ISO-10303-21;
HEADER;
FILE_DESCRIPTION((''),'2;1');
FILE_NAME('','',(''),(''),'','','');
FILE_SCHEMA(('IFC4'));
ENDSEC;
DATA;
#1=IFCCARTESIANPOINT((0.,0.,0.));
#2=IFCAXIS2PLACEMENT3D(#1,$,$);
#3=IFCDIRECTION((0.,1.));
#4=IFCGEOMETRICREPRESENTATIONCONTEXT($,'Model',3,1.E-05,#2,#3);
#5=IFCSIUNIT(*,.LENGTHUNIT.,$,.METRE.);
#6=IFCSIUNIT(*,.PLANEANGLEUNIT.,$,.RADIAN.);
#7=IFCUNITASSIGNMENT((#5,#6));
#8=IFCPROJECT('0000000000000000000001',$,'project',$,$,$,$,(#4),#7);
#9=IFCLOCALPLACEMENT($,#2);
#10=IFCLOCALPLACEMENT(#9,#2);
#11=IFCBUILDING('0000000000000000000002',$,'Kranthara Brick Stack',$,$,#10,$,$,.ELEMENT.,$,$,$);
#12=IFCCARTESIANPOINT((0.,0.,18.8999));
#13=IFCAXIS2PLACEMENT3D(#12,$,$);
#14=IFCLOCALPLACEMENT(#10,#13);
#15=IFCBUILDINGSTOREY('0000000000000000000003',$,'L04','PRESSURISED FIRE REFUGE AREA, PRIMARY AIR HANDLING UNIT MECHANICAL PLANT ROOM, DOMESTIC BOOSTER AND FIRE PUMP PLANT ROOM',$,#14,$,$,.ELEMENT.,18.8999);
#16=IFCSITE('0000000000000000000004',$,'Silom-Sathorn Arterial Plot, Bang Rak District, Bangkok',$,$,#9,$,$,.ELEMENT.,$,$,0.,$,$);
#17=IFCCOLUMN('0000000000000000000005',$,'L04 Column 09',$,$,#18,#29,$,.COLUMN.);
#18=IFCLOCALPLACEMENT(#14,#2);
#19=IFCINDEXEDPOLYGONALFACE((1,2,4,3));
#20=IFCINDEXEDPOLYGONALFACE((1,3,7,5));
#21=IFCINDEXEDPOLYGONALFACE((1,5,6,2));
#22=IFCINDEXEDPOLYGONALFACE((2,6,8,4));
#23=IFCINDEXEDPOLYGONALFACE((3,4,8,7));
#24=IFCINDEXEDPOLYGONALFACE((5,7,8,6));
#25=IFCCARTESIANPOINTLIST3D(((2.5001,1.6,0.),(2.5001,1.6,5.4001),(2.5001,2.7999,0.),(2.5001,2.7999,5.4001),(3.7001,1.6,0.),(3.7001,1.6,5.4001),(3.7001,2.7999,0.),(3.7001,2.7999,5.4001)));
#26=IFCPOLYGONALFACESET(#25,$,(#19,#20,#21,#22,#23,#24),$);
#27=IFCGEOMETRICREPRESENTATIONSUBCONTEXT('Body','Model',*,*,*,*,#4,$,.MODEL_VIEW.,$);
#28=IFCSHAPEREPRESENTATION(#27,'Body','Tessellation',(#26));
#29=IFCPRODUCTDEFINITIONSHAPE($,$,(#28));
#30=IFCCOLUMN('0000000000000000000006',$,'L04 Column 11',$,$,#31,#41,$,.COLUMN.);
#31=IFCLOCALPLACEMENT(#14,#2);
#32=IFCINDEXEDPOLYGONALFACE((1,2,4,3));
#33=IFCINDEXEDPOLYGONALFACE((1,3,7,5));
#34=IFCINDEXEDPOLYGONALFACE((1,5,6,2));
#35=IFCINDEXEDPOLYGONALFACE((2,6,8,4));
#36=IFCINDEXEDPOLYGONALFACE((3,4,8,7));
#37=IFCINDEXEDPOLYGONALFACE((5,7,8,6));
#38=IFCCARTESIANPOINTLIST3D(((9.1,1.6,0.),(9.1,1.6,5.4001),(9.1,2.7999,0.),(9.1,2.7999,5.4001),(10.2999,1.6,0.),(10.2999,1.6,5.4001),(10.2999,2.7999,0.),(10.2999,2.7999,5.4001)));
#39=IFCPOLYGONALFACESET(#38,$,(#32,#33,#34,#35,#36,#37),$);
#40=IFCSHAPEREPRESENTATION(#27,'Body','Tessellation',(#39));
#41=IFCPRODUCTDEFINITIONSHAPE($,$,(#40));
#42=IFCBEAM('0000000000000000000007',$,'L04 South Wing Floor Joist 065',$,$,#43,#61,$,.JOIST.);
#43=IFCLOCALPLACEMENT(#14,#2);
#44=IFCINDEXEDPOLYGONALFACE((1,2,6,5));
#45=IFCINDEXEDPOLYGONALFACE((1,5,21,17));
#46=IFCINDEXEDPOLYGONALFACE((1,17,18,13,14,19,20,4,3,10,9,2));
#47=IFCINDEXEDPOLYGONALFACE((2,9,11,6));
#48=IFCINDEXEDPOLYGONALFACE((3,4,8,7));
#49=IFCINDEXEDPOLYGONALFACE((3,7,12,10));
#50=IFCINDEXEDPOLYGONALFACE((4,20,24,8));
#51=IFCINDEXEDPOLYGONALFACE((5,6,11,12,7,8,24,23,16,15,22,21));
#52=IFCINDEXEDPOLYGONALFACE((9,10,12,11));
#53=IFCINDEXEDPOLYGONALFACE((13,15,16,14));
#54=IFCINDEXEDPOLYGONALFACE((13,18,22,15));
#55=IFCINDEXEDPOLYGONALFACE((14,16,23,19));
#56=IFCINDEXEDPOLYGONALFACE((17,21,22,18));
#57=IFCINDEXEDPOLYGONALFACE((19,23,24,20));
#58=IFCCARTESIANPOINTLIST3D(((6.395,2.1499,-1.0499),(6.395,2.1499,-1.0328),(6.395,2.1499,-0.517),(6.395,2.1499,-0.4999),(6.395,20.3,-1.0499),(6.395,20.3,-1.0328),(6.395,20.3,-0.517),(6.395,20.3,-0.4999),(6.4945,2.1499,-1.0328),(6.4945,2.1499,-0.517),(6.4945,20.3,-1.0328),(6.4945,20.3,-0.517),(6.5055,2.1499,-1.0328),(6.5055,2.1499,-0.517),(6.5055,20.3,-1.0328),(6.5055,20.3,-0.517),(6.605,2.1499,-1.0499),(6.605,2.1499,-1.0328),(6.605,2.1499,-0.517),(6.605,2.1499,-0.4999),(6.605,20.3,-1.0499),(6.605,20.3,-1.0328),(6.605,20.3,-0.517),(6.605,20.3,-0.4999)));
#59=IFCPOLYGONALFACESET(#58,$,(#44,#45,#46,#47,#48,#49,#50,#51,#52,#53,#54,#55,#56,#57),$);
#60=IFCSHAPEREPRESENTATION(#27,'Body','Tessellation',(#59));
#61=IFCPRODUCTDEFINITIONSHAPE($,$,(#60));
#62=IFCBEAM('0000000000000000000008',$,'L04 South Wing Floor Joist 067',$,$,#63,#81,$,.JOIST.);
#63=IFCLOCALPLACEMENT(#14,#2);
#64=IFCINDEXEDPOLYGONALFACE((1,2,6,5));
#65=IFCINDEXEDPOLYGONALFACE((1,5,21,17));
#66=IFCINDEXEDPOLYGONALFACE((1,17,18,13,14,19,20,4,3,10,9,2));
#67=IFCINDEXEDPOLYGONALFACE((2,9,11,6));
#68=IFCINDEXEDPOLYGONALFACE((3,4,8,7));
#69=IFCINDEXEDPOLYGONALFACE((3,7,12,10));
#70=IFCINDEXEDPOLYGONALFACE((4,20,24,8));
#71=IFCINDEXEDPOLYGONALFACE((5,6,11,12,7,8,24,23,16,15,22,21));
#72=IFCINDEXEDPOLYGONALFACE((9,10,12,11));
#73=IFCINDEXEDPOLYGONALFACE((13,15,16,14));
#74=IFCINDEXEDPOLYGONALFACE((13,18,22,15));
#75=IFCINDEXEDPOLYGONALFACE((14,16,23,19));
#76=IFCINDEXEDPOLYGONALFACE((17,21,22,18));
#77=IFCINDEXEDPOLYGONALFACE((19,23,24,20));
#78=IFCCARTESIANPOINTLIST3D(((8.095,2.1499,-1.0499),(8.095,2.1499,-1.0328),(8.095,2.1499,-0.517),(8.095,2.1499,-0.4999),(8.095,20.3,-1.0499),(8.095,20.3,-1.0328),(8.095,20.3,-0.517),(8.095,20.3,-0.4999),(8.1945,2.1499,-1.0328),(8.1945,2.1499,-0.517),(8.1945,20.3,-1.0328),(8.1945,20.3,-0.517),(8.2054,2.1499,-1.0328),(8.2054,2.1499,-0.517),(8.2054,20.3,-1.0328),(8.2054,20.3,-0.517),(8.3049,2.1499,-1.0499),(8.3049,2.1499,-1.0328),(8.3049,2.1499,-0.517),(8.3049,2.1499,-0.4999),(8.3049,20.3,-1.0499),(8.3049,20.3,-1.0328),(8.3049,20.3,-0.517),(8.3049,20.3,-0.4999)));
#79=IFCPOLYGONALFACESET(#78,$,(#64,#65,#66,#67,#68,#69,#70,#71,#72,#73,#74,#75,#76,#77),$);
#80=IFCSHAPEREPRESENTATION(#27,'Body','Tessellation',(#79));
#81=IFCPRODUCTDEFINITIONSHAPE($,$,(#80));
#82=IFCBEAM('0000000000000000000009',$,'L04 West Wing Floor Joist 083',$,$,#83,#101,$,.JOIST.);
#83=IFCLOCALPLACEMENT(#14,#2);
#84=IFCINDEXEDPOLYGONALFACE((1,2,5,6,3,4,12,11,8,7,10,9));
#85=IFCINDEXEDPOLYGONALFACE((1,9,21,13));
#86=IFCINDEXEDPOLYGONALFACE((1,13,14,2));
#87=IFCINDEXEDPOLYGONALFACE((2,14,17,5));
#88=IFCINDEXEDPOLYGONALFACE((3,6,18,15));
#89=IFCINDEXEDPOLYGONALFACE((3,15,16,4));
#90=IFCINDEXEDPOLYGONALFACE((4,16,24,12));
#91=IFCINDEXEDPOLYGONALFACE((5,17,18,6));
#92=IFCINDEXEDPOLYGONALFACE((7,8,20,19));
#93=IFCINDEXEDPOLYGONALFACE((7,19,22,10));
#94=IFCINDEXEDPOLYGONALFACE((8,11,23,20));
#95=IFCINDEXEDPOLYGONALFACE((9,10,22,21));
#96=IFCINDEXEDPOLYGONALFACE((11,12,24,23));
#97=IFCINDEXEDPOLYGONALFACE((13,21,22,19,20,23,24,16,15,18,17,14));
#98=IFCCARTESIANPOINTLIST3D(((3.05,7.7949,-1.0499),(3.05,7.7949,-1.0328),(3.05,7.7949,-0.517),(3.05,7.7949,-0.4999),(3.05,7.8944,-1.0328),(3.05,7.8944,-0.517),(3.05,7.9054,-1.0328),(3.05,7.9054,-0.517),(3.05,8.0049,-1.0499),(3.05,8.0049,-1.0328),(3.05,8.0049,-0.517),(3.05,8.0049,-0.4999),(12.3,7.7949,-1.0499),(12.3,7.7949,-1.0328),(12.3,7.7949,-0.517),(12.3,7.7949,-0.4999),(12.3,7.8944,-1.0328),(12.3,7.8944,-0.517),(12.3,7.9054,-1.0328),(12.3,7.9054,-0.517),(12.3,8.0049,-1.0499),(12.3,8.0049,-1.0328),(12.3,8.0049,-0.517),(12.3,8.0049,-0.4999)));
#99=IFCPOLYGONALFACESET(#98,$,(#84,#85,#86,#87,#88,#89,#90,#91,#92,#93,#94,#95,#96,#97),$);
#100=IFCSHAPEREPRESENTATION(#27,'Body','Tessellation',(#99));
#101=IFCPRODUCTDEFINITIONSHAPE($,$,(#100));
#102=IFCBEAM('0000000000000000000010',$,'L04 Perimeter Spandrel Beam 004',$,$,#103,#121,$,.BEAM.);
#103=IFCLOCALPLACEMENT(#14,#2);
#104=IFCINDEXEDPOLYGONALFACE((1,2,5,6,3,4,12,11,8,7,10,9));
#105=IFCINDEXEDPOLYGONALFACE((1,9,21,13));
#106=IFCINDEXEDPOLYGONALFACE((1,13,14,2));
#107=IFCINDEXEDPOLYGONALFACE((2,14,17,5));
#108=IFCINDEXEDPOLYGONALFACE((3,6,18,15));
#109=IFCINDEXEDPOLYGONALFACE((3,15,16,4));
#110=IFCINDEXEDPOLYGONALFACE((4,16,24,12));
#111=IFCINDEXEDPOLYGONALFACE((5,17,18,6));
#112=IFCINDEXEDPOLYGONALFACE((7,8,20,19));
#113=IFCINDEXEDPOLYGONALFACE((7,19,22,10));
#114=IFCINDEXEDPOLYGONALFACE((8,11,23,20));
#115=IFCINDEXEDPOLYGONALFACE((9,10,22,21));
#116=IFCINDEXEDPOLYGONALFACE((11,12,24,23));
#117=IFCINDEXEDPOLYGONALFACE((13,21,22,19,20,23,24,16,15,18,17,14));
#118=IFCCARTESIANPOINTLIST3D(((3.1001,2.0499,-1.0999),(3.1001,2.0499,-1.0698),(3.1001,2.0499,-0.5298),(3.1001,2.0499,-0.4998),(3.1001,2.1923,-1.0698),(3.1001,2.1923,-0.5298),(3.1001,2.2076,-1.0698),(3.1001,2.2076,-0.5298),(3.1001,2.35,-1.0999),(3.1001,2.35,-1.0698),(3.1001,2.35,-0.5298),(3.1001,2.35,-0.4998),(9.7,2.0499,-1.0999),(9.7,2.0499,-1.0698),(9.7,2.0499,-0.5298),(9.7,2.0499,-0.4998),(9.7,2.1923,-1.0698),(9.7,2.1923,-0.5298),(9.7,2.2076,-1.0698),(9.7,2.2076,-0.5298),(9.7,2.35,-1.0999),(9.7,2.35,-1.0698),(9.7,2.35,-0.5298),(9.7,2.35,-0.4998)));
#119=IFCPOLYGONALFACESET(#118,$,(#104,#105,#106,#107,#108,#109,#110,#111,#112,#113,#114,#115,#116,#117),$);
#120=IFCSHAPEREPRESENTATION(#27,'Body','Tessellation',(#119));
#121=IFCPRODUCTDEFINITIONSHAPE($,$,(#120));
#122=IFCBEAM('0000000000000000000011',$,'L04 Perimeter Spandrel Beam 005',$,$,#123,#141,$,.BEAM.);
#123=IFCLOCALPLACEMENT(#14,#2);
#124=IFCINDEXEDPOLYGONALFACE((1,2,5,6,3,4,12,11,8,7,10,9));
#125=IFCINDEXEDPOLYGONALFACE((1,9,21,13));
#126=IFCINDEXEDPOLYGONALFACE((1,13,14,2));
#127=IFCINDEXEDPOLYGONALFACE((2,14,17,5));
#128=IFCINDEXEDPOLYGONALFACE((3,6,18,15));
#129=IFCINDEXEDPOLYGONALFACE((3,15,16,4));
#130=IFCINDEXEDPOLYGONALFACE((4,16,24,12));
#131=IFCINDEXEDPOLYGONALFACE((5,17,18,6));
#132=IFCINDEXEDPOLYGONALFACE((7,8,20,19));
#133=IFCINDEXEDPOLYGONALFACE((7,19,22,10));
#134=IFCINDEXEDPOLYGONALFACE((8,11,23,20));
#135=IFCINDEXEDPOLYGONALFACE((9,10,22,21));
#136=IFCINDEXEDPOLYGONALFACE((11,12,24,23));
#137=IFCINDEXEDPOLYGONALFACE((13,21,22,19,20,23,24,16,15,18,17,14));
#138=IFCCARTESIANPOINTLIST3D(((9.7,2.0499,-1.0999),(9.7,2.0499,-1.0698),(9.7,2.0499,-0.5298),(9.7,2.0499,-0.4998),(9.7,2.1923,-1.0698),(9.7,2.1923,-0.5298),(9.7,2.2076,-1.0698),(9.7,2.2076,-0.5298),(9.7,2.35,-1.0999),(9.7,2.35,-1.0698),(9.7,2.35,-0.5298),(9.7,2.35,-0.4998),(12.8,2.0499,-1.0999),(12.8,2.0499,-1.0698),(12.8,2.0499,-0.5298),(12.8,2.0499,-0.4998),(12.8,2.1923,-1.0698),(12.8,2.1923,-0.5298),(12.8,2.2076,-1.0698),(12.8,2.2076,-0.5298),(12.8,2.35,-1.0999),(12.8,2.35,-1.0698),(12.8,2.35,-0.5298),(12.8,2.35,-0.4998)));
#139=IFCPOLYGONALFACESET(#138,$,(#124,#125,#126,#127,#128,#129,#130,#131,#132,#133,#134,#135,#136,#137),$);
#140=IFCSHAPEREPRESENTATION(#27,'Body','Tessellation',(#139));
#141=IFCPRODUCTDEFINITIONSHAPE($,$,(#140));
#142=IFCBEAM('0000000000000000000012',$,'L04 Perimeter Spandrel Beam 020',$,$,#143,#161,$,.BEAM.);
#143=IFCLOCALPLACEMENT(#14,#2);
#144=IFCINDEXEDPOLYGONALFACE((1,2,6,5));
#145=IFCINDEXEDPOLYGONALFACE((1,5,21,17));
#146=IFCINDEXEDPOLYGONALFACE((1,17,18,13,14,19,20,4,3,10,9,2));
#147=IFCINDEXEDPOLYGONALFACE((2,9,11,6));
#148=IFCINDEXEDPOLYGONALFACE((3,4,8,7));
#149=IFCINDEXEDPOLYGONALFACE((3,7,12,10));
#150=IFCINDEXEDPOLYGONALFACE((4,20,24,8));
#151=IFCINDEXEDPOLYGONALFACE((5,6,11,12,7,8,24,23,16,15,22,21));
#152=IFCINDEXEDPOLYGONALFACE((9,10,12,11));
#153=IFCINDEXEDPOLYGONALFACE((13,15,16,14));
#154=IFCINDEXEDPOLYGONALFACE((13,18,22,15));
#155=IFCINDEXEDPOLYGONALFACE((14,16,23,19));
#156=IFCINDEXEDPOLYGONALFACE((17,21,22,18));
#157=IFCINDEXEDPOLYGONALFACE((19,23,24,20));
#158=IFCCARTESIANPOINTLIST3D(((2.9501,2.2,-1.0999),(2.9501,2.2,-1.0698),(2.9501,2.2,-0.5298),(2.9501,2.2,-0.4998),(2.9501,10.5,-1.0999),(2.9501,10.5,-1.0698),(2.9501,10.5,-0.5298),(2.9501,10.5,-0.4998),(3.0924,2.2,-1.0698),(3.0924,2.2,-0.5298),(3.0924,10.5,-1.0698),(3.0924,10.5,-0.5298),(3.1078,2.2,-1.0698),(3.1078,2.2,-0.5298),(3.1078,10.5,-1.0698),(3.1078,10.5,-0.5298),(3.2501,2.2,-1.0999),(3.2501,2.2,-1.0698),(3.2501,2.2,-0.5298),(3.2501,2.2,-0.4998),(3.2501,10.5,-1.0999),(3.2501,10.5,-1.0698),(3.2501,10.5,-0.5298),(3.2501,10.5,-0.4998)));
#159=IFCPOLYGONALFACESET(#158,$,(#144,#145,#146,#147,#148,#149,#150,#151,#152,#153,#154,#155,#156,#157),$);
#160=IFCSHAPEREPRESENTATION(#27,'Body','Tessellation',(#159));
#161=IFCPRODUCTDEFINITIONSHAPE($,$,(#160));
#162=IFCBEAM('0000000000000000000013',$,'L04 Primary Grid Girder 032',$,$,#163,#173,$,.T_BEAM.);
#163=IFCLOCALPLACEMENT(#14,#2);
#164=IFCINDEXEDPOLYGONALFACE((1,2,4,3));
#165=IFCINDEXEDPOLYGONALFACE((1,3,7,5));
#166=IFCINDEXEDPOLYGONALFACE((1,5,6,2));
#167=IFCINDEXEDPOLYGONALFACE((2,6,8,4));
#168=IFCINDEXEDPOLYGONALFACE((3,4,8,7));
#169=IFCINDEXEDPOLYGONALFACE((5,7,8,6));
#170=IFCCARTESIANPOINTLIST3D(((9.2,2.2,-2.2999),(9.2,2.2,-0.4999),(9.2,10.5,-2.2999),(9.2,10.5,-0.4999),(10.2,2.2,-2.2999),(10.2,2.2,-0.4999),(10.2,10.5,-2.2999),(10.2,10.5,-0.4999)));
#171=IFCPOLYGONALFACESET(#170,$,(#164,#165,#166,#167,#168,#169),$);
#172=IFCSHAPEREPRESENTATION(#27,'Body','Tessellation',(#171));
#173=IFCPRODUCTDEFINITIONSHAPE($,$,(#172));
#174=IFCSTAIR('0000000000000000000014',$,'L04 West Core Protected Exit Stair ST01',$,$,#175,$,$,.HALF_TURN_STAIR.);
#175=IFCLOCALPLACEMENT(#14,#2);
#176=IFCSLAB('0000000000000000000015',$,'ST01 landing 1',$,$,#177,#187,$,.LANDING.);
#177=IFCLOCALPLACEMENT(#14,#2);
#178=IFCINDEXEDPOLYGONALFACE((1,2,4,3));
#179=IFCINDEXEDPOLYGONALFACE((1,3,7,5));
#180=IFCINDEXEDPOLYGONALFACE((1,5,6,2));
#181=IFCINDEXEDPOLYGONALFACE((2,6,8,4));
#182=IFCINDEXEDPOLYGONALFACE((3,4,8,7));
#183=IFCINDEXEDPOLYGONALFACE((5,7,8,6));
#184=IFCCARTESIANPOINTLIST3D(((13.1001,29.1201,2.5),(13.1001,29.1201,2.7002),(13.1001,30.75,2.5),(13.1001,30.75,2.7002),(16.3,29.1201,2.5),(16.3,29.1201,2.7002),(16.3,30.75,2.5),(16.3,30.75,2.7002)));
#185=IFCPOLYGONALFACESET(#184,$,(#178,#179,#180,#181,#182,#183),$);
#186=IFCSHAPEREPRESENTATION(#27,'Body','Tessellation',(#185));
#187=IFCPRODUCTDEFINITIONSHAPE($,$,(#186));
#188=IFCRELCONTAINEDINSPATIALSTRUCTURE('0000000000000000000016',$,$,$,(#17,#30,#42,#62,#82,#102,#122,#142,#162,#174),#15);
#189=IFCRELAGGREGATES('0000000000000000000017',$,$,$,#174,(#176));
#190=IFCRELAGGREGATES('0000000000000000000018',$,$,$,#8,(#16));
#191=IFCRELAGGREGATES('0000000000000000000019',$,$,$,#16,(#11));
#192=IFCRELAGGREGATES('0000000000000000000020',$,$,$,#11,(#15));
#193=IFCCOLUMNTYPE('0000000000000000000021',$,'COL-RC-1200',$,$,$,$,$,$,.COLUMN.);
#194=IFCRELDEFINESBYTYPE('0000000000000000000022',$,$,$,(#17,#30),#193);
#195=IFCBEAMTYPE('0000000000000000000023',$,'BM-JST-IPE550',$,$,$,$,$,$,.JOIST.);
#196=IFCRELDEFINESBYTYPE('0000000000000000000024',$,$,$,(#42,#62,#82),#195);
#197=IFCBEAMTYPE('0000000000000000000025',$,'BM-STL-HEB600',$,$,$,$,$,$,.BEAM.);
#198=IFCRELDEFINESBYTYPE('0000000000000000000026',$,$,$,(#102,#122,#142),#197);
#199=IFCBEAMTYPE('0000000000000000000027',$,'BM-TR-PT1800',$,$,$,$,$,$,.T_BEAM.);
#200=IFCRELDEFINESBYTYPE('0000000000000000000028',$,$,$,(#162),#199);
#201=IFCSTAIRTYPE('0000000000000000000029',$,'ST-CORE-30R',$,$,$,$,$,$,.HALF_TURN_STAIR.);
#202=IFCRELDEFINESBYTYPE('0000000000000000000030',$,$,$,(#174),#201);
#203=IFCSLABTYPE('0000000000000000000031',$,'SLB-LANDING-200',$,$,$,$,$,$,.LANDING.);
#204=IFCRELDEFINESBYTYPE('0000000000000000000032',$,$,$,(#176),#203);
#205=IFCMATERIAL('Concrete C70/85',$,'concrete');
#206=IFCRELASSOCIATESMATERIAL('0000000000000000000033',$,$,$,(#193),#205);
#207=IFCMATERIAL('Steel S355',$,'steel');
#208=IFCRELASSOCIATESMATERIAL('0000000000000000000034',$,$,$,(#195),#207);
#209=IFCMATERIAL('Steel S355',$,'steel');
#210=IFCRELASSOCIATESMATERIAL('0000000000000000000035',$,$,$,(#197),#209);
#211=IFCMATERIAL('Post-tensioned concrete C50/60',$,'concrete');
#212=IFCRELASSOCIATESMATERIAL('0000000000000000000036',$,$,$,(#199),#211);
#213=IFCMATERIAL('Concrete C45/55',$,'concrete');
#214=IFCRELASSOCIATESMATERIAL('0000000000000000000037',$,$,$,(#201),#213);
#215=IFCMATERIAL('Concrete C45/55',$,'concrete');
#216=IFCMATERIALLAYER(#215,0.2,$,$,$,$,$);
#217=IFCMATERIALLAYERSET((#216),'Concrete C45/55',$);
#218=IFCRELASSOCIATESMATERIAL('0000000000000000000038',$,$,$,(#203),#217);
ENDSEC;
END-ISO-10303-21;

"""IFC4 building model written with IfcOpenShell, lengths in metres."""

from ifc_helpers import new_model, si_unit, direction, frame, origin, origin_2d, place, context, subcontext, project, spatial, polyline, rectangle, i_section, outline, extrude, material, layer, layer_set, material_profile, profile_set, type_object, element, aggregate, save


model = new_model("IFC4")

# Units and contexts
model_context = context("Model", 3, precision=1e-05, world=origin(), true_north=direction((0.0, 1.0)))
body_context = subcontext(model_context, "Body", "Model", "MODEL_VIEW")
ifc_project = project(units=[si_unit("LENGTHUNIT", "METRE"), si_unit("PLANEANGLEUNIT", "RADIAN")], contexts=[model_context])

# Site, building, storey
site_placement = place(None, origin())
site = spatial("IfcSite", under=ifc_project, at=site_placement, Name="Silom-Sathorn Arterial Plot, Bang Rak District, Bangkok", CompositionType="ELEMENT", RefElevation=0.0)
building_placement = place(site_placement, origin())
building = spatial("IfcBuilding", under=site, at=building_placement, Name="Kranthara Brick Stack", CompositionType="ELEMENT")
storey_placement = place(building_placement, frame((0.0, 0.0, 18.8999)))
storey = spatial("IfcBuildingStorey", under=building, at=storey_placement, Name="L04", Description="PRESSURISED FIRE REFUGE AREA, PRIMARY AIR HANDLING UNIT MECHANICAL PLANT ROOM, DOMESTIC BOOSTER AND FIRE PUMP PLANT ROOM", CompositionType="ELEMENT", Elevation=18.8999)

# Columns
ifc_material_1 = material(Name="Concrete C70/85", Category="concrete")
ifc_material_profile_1 = material_profile(ifc_material_1, rectangle(XDim=1.2, YDim=1.2, at=origin_2d()), Name="RC 1200x1200")
ifc_profile_set_1 = profile_set([ifc_material_profile_1], Name="Concrete C70/85")
column_type = type_object("IfcColumnType", Name="COL-RC-1200", PredefinedType="COLUMN", material=ifc_profile_set_1)
for number, where, z_axis, x_axis, name in (
    (1, (3.1001, 2.2, 0.0), (0.0, 0.0, 1.0), (1.0, 0.0, 0.0), "L04 Column 09"),
    (2, (9.7, 2.2, 0.0), (0.0, 0.0, 1.0), (1.0, 0.0, 0.0), "L04 Column 11"),
):
    element("IfcColumn", number, at=place(storey_placement, frame(where, z_axis=z_axis, x_axis=x_axis)), inside=storey, type_object=column_type, Name=name, PredefinedType="COLUMN", context=body_context, shape_type="SweptSolid", body=[
        extrude(rectangle(XDim=1.2, YDim=1.2, at=origin_2d()), origin(), (0.0, 0.0, 1.0), 5.4001),
    ])

# Beams
ifc_material_2 = material(Name="Steel S355", Category="steel")
ifc_material_profile_2 = material_profile(ifc_material_2, i_section(OverallWidth=0.21, OverallDepth=0.55, WebThickness=0.011, FlangeThickness=0.0171, at=origin_2d()), Name="IPE 550")
ifc_profile_set_2 = profile_set([ifc_material_profile_2], Name="Steel S355")
beam_type_1 = type_object("IfcBeamType", Name="BM-JST-IPE550", PredefinedType="JOIST", material=ifc_profile_set_2)
for number, where, z_axis, x_axis, name in (
    (3, (6.5, 2.1499, -0.7749), (0.0, 1.0, 0.0), (-1.0, 0.0, 0.0), "L04 South Wing Floor Joist 065"),
    (4, (8.2, 2.1499, -0.7749), (0.0, 1.0, 0.0), (-1.0, 0.0, 0.0), "L04 South Wing Floor Joist 067"),
):
    element("IfcBeam", number, at=place(storey_placement, frame(where, z_axis=z_axis, x_axis=x_axis)), inside=storey, type_object=beam_type_1, Name=name, PredefinedType="JOIST", context=body_context, shape_type="SweptSolid", body=[
        extrude(i_section(OverallWidth=0.21, OverallDepth=0.55, WebThickness=0.011, FlangeThickness=0.0171, at=origin_2d()), origin(), (0.0, 0.0, 1.0), 18.1501),
    ])
beam_1_placement = place(storey_placement, frame((3.05, 7.8999, -0.7749), z_axis=(1.0, 0.0, 0.0), x_axis=(0.0, 1.0, 0.0)))
element("IfcBeam", 5, at=beam_1_placement, inside=storey, type_object=beam_type_1, Name="L04 West Wing Floor Joist 083", PredefinedType="JOIST", context=body_context, shape_type="SweptSolid", body=[
    extrude(i_section(OverallWidth=0.21, OverallDepth=0.55, WebThickness=0.011, FlangeThickness=0.0171, at=origin_2d()), origin(), (0.0, 0.0, 1.0), 9.25),
])
ifc_material_3 = material(Name="Steel S355", Category="steel")
ifc_material_profile_3 = material_profile(ifc_material_3, i_section(OverallWidth=0.3, OverallDepth=0.6001, WebThickness=0.0154, FlangeThickness=0.03, at=origin_2d()), Name="HEB 600")
ifc_profile_set_3 = profile_set([ifc_material_profile_3], Name="Steel S355")
beam_type_2 = type_object("IfcBeamType", Name="BM-STL-HEB600", PredefinedType="BEAM", material=ifc_profile_set_3)
beam_2_placement = place(storey_placement, frame((3.1001, 2.2, -0.7998), z_axis=(1.0, 0.0, 0.0), x_axis=(0.0, 1.0, 0.0)))
element("IfcBeam", 6, at=beam_2_placement, inside=storey, type_object=beam_type_2, Name="L04 Perimeter Spandrel Beam 004", PredefinedType="BEAM", context=body_context, shape_type="SweptSolid", body=[
    extrude(i_section(OverallWidth=0.3, OverallDepth=0.6001, WebThickness=0.0154, FlangeThickness=0.03, at=origin_2d()), origin(), (0.0, 0.0, 1.0), 6.5999),
])
beam_3_placement = place(storey_placement, frame((9.7, 2.2, -0.7998), z_axis=(1.0, 0.0, 0.0), x_axis=(0.0, 1.0, 0.0)))
element("IfcBeam", 7, at=beam_3_placement, inside=storey, type_object=beam_type_2, Name="L04 Perimeter Spandrel Beam 005", PredefinedType="BEAM", context=body_context, shape_type="SweptSolid", body=[
    extrude(i_section(OverallWidth=0.3, OverallDepth=0.6001, WebThickness=0.0154, FlangeThickness=0.03, at=origin_2d()), origin(), (0.0, 0.0, 1.0), 3.1001),
])
beam_4_placement = place(storey_placement, frame((3.1001, 2.2, -0.7998), z_axis=(0.0, 1.0, 0.0), x_axis=(-1.0, 0.0, 0.0)))
element("IfcBeam", 8, at=beam_4_placement, inside=storey, type_object=beam_type_2, Name="L04 Perimeter Spandrel Beam 020", PredefinedType="BEAM", context=body_context, shape_type="SweptSolid", body=[
    extrude(i_section(OverallWidth=0.3, OverallDepth=0.6001, WebThickness=0.0154, FlangeThickness=0.03, at=origin_2d()), origin(), (0.0, 0.0, 1.0), 8.3),
])
ifc_material_4 = material(Name="Post-tensioned concrete C50/60", Category="concrete")
ifc_material_profile_4 = material_profile(ifc_material_4, rectangle(XDim=1.0, YDim=1.8, at=origin_2d()), Name="PT 1000x1800")
ifc_profile_set_4 = profile_set([ifc_material_profile_4], Name="Post-tensioned concrete C50/60")
beam_type_3 = type_object("IfcBeamType", Name="BM-TR-PT1800", PredefinedType="T_BEAM", material=ifc_profile_set_4)
beam_5_placement = place(storey_placement, frame((9.7, 2.2, -1.3999), z_axis=(0.0, 1.0, 0.0), x_axis=(-1.0, 0.0, 0.0)))
element("IfcBeam", 9, at=beam_5_placement, inside=storey, type_object=beam_type_3, Name="L04 Primary Grid Girder 032", PredefinedType="T_BEAM", context=body_context, shape_type="SweptSolid", body=[
    extrude(rectangle(XDim=1.0, YDim=1.8, at=origin_2d()), origin(), (0.0, 0.0, 1.0), 8.3),
])

# Stair, slab
ifc_material_5 = material(Name="Concrete C45/55", Category="concrete")
stair_type = type_object("IfcStairType", Name="ST-CORE-30R", PredefinedType="HALF_TURN_STAIR", material=ifc_material_5)
stair_1_placement = place(storey_placement, origin())
stair_1 = element("IfcStair", 10, at=stair_1_placement, inside=storey, type_object=stair_type, Name="L04 West Core Protected Exit Stair ST01", PredefinedType="HALF_TURN_STAIR")
ifc_material_6 = material(Name="Concrete C45/55", Category="concrete")
ifc_layer_1 = layer(ifc_material_6, 0.2)
ifc_layer_set_1 = layer_set([ifc_layer_1], Name="Concrete C45/55")
slab_type_1 = type_object("IfcSlabType", Name="SLB-LANDING-200", PredefinedType="LANDING", material=ifc_layer_set_1)
slab_1_placement = place(storey_placement, frame((0.0, 0.0, 2.5)))
slab_1 = element("IfcSlab", 11, at=slab_1_placement, type_object=slab_type_1, Name="ST01 landing 1", PredefinedType="LANDING", context=body_context, shape_type="SweptSolid", body=[
    extrude(outline(polyline([(16.3, 29.1201), (16.3, 30.75), (13.1001, 30.75), (13.1001, 29.1201), (16.3, 29.1201)])), origin(), (0.0, 0.0, 1.0), 0.2002),
])
aggregate(stair_1, [slab_1])

save(model, "model.ifc")
